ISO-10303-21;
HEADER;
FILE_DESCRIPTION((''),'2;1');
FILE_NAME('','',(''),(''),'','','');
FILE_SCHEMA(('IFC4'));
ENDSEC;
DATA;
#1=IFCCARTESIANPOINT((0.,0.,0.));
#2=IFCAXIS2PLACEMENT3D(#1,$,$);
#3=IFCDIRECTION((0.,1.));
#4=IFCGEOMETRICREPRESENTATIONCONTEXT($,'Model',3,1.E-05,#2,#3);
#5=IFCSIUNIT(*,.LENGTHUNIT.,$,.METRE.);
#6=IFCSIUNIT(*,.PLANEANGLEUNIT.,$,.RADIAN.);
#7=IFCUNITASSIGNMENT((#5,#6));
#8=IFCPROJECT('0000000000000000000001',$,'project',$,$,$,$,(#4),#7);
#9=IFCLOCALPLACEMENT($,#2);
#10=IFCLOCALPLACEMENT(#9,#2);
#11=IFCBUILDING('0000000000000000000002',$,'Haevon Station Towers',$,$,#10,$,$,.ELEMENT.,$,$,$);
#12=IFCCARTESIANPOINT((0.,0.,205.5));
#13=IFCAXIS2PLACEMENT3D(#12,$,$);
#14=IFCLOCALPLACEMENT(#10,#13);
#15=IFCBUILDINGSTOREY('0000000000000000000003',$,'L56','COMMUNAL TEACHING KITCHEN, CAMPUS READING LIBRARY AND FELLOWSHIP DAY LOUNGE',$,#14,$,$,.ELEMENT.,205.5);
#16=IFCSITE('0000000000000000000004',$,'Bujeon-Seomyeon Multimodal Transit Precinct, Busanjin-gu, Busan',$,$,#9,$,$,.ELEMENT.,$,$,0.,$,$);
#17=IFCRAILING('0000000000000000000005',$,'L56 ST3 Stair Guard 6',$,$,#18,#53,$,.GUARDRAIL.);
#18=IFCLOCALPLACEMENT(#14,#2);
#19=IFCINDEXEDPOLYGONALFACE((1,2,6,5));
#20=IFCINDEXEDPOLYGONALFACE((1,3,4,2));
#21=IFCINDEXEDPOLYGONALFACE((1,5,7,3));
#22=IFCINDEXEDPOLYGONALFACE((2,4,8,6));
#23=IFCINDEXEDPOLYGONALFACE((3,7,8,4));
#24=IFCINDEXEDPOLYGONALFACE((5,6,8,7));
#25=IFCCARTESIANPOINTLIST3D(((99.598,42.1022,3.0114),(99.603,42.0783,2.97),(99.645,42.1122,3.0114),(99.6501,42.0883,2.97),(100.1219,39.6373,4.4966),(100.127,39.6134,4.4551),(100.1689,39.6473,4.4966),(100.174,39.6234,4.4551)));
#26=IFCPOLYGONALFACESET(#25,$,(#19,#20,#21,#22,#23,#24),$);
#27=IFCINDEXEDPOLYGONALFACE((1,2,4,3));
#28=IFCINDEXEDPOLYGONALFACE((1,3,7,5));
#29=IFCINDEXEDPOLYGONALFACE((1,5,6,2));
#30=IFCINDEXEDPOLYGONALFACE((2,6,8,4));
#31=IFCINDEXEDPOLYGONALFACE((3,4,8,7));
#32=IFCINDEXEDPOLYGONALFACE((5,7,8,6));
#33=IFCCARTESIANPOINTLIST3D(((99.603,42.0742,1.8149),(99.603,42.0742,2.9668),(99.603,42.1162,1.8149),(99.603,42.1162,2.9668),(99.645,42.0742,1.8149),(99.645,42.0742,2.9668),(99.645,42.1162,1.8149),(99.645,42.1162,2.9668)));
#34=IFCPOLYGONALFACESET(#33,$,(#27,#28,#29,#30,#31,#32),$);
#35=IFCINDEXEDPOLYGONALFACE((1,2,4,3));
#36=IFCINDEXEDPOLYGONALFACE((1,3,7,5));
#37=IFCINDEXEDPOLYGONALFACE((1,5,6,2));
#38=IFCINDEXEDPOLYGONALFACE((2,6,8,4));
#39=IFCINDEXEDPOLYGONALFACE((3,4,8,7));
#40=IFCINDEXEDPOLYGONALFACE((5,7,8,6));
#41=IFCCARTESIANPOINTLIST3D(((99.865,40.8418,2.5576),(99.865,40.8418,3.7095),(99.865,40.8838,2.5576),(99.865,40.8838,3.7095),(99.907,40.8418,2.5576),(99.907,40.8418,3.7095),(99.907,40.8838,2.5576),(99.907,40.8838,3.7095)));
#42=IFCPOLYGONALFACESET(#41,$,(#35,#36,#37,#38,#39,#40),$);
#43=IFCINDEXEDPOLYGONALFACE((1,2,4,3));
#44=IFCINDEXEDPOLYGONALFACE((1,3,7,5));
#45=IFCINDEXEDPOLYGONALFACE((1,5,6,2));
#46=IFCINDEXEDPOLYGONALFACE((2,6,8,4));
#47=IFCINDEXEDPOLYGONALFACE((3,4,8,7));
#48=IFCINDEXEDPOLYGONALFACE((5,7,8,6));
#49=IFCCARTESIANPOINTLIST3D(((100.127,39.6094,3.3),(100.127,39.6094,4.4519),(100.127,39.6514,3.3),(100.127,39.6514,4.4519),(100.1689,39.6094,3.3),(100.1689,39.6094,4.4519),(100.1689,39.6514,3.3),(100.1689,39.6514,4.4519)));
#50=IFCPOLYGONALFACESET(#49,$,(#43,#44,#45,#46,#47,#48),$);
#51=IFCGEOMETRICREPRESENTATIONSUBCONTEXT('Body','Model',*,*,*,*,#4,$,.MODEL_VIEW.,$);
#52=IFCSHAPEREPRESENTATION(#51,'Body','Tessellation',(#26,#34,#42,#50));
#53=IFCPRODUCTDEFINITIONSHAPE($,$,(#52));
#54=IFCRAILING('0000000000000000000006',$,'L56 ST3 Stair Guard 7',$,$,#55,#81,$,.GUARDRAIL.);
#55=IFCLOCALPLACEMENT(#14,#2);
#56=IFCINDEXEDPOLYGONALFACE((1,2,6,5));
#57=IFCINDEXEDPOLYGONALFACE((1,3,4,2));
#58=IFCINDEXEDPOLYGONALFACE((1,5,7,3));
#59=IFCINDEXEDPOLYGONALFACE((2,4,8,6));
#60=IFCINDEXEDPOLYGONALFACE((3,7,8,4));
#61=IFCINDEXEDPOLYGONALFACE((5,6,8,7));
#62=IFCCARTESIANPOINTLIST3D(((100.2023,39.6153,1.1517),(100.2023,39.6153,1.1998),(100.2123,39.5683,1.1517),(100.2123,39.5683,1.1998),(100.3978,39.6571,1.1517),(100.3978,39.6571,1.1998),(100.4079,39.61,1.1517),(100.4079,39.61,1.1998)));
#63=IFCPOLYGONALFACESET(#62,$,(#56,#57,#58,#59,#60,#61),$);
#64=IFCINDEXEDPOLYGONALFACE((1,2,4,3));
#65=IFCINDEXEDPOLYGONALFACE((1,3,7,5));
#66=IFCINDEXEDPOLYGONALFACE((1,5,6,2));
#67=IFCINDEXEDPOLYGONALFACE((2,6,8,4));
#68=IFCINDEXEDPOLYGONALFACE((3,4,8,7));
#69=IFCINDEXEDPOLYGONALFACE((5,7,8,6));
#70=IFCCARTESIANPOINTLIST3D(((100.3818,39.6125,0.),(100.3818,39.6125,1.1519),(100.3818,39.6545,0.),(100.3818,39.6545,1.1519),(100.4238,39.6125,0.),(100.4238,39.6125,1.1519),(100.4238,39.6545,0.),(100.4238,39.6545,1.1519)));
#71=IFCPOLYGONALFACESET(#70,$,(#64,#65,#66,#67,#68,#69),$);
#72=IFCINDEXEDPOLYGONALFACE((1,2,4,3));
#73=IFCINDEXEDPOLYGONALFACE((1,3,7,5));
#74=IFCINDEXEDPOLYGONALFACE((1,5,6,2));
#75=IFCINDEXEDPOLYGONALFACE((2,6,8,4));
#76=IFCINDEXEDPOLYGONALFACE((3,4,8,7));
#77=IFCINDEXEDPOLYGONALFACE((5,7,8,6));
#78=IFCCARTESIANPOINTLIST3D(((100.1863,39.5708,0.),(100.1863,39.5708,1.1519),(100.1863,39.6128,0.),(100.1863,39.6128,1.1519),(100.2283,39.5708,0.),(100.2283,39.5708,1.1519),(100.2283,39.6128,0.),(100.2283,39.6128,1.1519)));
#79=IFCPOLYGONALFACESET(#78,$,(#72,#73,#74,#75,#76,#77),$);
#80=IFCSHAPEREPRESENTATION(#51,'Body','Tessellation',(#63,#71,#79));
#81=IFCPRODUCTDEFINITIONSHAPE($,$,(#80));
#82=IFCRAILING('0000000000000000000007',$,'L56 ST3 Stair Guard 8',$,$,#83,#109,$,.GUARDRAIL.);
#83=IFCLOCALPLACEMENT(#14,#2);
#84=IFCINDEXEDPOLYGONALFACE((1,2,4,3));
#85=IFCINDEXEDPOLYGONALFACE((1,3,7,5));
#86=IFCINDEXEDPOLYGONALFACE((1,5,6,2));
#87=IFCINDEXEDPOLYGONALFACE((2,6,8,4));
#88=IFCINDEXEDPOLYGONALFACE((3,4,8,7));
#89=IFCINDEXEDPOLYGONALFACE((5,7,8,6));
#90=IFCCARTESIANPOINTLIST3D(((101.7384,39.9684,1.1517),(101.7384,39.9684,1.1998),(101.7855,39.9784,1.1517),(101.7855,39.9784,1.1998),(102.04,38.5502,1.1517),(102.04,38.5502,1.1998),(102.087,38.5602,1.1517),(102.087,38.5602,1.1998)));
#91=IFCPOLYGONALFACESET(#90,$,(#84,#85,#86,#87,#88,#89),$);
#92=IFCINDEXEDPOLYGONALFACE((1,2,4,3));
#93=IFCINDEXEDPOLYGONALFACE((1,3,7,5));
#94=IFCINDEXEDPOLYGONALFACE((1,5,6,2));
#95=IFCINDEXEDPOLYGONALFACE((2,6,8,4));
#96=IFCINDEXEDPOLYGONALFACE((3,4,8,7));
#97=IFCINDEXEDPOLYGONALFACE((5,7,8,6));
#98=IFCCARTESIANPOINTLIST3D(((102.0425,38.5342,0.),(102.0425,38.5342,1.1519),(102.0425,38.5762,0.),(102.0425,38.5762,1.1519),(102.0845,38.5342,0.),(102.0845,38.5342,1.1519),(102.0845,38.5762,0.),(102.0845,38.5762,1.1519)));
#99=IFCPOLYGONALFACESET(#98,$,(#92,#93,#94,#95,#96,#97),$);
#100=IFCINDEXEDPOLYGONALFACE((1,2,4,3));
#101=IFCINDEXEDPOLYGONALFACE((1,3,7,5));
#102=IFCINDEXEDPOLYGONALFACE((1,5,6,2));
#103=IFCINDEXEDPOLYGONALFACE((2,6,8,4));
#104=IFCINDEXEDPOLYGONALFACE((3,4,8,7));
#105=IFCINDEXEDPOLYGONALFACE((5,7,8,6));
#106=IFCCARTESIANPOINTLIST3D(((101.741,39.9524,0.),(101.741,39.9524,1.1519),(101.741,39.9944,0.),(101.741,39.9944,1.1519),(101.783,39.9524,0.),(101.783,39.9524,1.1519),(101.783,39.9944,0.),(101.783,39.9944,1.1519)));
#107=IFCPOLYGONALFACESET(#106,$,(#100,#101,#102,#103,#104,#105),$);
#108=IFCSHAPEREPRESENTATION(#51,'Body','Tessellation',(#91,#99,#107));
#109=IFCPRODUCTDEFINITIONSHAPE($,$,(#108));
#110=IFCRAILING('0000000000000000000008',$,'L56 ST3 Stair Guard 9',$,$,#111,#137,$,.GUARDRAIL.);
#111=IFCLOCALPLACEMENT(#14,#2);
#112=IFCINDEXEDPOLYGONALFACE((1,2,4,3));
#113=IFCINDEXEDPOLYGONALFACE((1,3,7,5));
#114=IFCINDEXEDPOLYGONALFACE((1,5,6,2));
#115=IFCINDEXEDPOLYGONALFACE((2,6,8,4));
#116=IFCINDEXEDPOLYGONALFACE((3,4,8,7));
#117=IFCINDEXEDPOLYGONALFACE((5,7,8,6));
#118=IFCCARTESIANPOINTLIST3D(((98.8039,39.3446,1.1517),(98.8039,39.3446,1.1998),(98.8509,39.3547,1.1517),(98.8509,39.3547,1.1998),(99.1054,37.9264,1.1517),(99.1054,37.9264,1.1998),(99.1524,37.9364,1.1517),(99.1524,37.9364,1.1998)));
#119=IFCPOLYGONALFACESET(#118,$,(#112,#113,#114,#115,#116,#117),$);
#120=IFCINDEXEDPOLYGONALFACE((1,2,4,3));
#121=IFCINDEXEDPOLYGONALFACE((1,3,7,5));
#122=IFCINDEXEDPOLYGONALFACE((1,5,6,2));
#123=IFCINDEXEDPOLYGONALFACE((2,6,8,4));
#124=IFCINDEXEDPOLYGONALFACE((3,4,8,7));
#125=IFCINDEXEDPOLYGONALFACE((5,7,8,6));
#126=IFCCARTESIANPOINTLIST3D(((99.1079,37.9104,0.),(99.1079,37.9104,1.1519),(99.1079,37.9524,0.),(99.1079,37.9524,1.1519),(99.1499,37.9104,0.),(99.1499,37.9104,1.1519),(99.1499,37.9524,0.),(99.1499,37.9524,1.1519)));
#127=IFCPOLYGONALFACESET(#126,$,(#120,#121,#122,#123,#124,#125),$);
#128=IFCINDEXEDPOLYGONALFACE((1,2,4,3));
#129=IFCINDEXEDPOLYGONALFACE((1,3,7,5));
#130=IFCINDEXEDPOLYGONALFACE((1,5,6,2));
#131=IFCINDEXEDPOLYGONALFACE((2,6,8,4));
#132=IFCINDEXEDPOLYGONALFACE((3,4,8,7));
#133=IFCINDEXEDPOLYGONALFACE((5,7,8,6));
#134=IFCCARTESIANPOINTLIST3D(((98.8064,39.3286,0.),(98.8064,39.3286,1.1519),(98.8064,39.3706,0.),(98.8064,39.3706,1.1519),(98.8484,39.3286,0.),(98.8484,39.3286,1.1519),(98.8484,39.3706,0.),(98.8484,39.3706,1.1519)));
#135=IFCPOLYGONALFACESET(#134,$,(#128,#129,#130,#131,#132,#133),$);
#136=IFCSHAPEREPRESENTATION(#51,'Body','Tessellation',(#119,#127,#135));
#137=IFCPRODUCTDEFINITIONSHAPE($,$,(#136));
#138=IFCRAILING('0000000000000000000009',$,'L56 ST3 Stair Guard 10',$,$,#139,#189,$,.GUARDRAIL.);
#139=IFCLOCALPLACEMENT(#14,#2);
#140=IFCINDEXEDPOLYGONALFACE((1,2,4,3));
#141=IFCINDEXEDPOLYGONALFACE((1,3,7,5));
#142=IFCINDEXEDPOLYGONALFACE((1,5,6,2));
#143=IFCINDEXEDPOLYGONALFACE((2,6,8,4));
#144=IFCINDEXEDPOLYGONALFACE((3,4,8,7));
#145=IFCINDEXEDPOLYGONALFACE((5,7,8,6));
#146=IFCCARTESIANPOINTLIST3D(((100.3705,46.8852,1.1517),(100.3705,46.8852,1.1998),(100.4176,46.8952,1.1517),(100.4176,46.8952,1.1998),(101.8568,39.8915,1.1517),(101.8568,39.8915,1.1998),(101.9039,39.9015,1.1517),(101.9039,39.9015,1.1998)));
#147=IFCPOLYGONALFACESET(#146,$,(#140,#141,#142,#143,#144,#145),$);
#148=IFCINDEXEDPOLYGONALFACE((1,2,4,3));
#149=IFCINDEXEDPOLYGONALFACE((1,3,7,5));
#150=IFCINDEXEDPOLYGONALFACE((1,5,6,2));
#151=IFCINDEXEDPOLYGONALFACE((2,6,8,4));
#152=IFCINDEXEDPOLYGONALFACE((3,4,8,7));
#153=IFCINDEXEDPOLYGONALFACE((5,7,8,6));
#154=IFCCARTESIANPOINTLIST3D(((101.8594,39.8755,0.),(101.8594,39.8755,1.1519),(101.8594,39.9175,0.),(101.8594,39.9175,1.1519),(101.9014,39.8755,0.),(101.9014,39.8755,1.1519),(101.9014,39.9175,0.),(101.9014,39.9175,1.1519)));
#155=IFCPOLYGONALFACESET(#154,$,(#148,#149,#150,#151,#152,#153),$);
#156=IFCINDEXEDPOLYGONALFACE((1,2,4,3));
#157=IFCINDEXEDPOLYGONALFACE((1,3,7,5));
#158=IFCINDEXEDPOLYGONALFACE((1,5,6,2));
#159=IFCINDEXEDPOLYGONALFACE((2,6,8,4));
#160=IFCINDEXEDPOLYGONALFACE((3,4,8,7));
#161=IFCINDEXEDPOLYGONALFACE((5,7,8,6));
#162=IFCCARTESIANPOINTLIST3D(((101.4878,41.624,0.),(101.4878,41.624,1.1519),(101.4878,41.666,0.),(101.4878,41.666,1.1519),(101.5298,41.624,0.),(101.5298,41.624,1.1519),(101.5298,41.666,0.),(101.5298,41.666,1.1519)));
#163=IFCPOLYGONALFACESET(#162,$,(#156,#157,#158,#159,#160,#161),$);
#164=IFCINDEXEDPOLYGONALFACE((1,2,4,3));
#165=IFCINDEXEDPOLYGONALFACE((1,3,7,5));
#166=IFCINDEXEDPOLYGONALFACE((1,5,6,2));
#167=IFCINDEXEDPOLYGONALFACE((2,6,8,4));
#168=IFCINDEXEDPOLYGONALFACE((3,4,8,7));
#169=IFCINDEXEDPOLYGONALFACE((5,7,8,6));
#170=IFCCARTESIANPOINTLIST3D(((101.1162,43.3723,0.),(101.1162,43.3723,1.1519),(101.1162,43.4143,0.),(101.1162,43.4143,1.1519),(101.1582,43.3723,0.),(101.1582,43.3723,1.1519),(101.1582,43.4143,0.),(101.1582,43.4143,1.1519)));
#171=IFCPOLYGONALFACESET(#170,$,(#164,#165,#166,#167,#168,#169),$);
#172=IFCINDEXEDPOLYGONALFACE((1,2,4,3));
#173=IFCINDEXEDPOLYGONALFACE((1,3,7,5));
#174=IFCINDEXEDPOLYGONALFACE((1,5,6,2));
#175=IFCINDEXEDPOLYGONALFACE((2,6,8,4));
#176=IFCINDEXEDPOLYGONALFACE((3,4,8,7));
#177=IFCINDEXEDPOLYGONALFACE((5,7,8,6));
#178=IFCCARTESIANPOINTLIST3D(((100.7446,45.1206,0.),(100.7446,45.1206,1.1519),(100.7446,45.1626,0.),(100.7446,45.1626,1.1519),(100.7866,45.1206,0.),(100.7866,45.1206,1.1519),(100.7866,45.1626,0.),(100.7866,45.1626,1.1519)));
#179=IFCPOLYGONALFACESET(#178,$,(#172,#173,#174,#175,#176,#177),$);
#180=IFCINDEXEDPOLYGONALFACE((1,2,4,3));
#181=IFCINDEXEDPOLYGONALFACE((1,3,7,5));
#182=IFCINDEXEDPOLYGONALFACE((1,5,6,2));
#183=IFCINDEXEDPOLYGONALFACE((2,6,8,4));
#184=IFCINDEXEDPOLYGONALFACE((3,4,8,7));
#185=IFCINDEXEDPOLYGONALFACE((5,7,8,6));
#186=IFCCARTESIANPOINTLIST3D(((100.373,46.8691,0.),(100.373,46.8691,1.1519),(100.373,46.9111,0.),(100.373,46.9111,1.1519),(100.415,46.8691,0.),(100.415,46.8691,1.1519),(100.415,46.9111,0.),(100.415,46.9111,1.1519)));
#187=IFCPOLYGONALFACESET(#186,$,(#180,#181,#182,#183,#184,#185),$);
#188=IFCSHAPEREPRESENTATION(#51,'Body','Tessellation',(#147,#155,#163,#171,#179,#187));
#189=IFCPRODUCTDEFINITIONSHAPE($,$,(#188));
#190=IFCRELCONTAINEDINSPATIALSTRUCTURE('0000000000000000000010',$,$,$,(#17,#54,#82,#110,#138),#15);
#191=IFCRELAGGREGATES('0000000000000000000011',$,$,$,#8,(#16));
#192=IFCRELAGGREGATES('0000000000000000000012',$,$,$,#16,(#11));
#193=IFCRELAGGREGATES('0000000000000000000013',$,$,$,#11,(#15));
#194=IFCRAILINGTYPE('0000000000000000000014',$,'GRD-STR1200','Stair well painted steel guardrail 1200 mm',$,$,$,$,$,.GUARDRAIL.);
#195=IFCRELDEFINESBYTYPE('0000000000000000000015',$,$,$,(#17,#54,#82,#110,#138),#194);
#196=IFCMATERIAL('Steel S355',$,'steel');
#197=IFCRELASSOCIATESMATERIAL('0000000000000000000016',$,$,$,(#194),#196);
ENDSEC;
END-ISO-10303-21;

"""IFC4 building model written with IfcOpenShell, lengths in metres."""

from ifc_helpers import new_model, si_unit, direction, frame, origin, origin_2d, place, context, subcontext, project, spatial, rectangle, extrude, material, type_object, element, save


model = new_model("IFC4")

# Units and contexts
model_context = context("Model", 3, precision=1e-05, world=origin(), true_north=direction((0.0, 1.0)))
body_context = subcontext(model_context, "Body", "Model", "MODEL_VIEW")
ifc_project = project(units=[si_unit("LENGTHUNIT", "METRE"), si_unit("PLANEANGLEUNIT", "RADIAN")], contexts=[model_context])

# Site, building, storey
site_placement = place(None, origin())
site = spatial("IfcSite", under=ifc_project, at=site_placement, Name="Bujeon-Seomyeon Multimodal Transit Precinct, Busanjin-gu, Busan", CompositionType="ELEMENT", RefElevation=0.0)
building_placement = place(site_placement, origin())
building = spatial("IfcBuilding", under=site, at=building_placement, Name="Haevon Station Towers", CompositionType="ELEMENT")
storey_placement = place(building_placement, frame((0.0, 0.0, 205.5)))
storey = spatial("IfcBuildingStorey", under=building, at=storey_placement, Name="L56", Description="COMMUNAL TEACHING KITCHEN, CAMPUS READING LIBRARY AND FELLOWSHIP DAY LOUNGE", CompositionType="ELEMENT", Elevation=205.5)

# Railings
ifc_material_1 = material(Name="Steel S355", Category="steel")
railing_type_1 = type_object("IfcRailingType", Name="GRD-STR1200", Description="Stair well painted steel guardrail 1200 mm", PredefinedType="GUARDRAIL", material=ifc_material_1)
railing_1_placement = place(storey_placement, frame((99.624, 42.0952, 1.8149)))
element("IfcRailing", 1, at=railing_1_placement, inside=storey, type_object=railing_type_1, Name="L56 ST3 Stair Guard 6", PredefinedType="GUARDRAIL", context=body_context, shape_type="SweptSolid", body=[
    extrude(rectangle(XDim=0.0481, YDim=0.0481, at=origin_2d()), frame((0.0, 0.0, 1.1758), z_axis=(0.179121, -0.842688, 0.507733), x_axis=(0.978147, 0.207914, 0.0)), (0.0, 0.0, 1.0), 2.925),
    extrude(rectangle(XDim=0.042, YDim=0.042, at=origin_2d()), origin(), (0.0, 0.0, 1.0), 1.1519),
    extrude(rectangle(XDim=0.042, YDim=0.042, at=origin_2d()), frame((0.262, -1.2324, 0.7427)), (0.0, 0.0, 1.0), 1.1519),
    extrude(rectangle(XDim=0.042, YDim=0.042, at=origin_2d()), frame((0.5239, -2.4648, 1.4851)), (0.0, 0.0, 1.0), 1.1519),
])
railing_2_placement = place(storey_placement, frame((100.4028, 39.6335, 0.0)))
element("IfcRailing", 2, at=railing_2_placement, inside=storey, type_object=railing_type_1, Name="L56 ST3 Stair Guard 7", PredefinedType="GUARDRAIL", context=body_context, shape_type="SweptSolid", body=[
    extrude(rectangle(XDim=0.0481, YDim=0.0481, at=origin_2d()), frame((0.0, 0.0, 1.1758), z_axis=(-0.977963, -0.208779, 0.0), x_axis=(0.208779, -0.977963, 0.0)), (0.0, 0.0, 1.0), 0.2),
    extrude(rectangle(XDim=0.042, YDim=0.042, at=origin_2d()), origin(), (0.0, 0.0, 1.0), 1.1519),
    extrude(rectangle(XDim=0.042, YDim=0.042, at=origin_2d()), frame((-0.1956, -0.0417, 0.0)), (0.0, 0.0, 1.0), 1.1519),
])
for number, where, name in (
    (3, (102.0635, 38.5552, 0.0), "L56 ST3 Stair Guard 8"),
    (4, (99.1289, 37.9314, 0.0), "L56 ST3 Stair Guard 9"),
):
    element("IfcRailing", number, at=place(storey_placement, frame(where)), inside=storey, type_object=railing_type_1, Name=name, PredefinedType="GUARDRAIL", context=body_context, shape_type="SweptSolid", body=[
        extrude(rectangle(XDim=0.0481, YDim=0.0481, at=origin_2d()), frame((0.0, 0.0, 1.1758), z_axis=(-0.207953, 0.978139, 0.0), x_axis=(-0.978139, -0.207953, 0.0)), (0.0, 0.0, 1.0), 1.45),
        extrude(rectangle(XDim=0.042, YDim=0.042, at=origin_2d()), origin(), (0.0, 0.0, 1.0), 1.1519),
        extrude(rectangle(XDim=0.042, YDim=0.042, at=origin_2d()), frame((-0.3015, 1.4182, 0.0)), (0.0, 0.0, 1.0), 1.1519),
    ])
railing_3_placement = place(storey_placement, frame((101.8804, 39.8965, 0.0)))
element("IfcRailing", 5, at=railing_3_placement, inside=storey, type_object=railing_type_1, Name="L56 ST3 Stair Guard 10", PredefinedType="GUARDRAIL", context=body_context, shape_type="SweptSolid", body=[
    extrude(rectangle(XDim=0.0481, YDim=0.0481, at=origin_2d()), frame((0.0, 0.0, 1.1758), z_axis=(-0.207882, 0.978154, 0.0), x_axis=(-0.978154, -0.207882, 0.0)), (0.0, 0.0, 1.0), 7.1499),
    extrude(rectangle(XDim=0.042, YDim=0.042, at=origin_2d()), origin(), (0.0, 0.0, 1.0), 1.1519),
    extrude(rectangle(XDim=0.042, YDim=0.042, at=origin_2d()), frame((-0.3716, 1.7485, 0.0)), (0.0, 0.0, 1.0), 1.1519),
    extrude(rectangle(XDim=0.042, YDim=0.042, at=origin_2d()), frame((-0.7432, 3.4968, 0.0)), (0.0, 0.0, 1.0), 1.1519),
    extrude(rectangle(XDim=0.042, YDim=0.042, at=origin_2d()), frame((-1.1147, 5.2451, 0.0)), (0.0, 0.0, 1.0), 1.1519),
    extrude(rectangle(XDim=0.042, YDim=0.042, at=origin_2d()), frame((-1.4863, 6.9937, 0.0)), (0.0, 0.0, 1.0), 1.1519),
])

save(model, "model.ifc")
